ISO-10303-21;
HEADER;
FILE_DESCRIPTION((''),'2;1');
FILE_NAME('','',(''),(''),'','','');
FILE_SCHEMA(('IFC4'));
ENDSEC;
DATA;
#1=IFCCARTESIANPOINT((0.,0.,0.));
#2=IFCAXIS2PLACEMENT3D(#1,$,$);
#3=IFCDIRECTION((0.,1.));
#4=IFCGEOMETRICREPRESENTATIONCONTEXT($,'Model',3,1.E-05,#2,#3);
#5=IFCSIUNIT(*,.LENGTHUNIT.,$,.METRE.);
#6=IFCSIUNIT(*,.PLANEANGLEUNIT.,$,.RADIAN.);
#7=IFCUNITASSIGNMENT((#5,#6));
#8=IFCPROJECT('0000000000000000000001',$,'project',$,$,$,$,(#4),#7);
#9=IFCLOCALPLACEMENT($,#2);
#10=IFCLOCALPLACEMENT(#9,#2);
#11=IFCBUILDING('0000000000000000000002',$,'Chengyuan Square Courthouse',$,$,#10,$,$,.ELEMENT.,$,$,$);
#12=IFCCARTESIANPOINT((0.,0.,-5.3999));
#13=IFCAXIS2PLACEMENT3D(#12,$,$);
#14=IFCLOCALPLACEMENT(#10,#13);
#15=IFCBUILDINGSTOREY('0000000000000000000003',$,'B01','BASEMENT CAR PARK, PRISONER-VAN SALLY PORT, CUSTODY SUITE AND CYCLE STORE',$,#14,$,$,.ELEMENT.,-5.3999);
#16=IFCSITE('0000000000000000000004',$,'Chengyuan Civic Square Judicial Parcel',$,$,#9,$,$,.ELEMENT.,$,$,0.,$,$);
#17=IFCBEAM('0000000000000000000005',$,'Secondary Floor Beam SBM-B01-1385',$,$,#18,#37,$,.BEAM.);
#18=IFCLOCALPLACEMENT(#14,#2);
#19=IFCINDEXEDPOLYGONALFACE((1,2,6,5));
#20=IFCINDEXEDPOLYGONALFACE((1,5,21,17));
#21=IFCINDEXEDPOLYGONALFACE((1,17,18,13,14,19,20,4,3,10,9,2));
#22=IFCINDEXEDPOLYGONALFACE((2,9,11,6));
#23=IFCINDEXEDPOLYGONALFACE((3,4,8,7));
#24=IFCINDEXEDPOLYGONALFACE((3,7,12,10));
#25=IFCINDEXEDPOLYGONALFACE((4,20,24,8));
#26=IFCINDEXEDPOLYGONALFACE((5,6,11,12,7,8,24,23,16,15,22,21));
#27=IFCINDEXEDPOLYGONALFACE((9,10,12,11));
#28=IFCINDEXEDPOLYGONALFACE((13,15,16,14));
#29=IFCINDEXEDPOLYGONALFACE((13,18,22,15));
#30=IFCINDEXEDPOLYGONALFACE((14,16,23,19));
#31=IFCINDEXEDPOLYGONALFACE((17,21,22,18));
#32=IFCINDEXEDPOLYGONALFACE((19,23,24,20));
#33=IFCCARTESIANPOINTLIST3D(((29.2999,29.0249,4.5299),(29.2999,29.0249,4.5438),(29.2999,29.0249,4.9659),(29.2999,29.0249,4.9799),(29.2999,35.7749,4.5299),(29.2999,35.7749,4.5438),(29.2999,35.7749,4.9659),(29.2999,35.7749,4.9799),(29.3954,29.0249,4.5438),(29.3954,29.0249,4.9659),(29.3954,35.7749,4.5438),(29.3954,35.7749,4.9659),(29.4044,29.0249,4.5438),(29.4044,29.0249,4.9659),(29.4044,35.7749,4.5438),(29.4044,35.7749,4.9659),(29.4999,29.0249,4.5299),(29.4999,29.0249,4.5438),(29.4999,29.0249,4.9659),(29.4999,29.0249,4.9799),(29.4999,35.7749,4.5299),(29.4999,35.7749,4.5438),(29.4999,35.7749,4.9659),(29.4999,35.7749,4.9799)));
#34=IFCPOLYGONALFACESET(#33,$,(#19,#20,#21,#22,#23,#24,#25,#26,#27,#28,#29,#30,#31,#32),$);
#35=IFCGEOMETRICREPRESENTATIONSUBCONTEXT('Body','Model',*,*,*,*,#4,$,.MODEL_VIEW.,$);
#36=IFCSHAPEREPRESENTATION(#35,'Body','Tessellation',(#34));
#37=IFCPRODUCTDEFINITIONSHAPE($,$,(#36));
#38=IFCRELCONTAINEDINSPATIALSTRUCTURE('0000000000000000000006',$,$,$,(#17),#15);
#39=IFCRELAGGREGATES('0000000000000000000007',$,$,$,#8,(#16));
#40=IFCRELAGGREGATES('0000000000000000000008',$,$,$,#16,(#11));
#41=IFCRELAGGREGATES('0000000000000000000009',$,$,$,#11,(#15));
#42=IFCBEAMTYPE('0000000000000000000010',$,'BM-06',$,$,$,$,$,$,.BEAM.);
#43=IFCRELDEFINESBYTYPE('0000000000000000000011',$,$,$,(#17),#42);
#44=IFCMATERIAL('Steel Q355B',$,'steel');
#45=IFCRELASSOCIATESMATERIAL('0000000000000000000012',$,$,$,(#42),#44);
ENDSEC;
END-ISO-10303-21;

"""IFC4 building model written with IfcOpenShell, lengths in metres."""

from ifc_helpers import new_model, si_unit, direction, frame, origin, origin_2d, place, context, subcontext, project, spatial, i_section, extrude, material, material_profile, profile_set, type_object, element, save


model = new_model("IFC4")

# Units and contexts
model_context = context("Model", 3, precision=1e-05, world=origin(), true_north=direction((0.0, 1.0)))
body_context = subcontext(model_context, "Body", "Model", "MODEL_VIEW")
ifc_project = project(units=[si_unit("LENGTHUNIT", "METRE"), si_unit("PLANEANGLEUNIT", "RADIAN")], contexts=[model_context])

# Site, building, storey
site_placement = place(None, origin())
site = spatial("IfcSite", under=ifc_project, at=site_placement, Name="Chengyuan Civic Square Judicial Parcel", CompositionType="ELEMENT", RefElevation=0.0)
building_placement = place(site_placement, origin())
building = spatial("IfcBuilding", under=site, at=building_placement, Name="Chengyuan Square Courthouse", CompositionType="ELEMENT")
storey_placement = place(building_placement, frame((0.0, 0.0, -5.3999)))
storey = spatial("IfcBuildingStorey", under=building, at=storey_placement, Name="B01", Description="BASEMENT CAR PARK, PRISONER-VAN SALLY PORT, CUSTODY SUITE AND CYCLE STORE", CompositionType="ELEMENT", Elevation=-5.3999)

# Beam
ifc_material_1 = material(Name="Steel Q355B", Category="steel")
ifc_material_profile_1 = material_profile(ifc_material_1, i_section(OverallWidth=0.2, OverallDepth=0.45, WebThickness=0.009, FlangeThickness=0.0139, at=origin_2d()), Name="HN 450x200x9x14")
ifc_profile_set_1 = profile_set([ifc_material_profile_1], Name="Steel Q355B")
beam_type_1 = type_object("IfcBeamType", Name="BM-06", PredefinedType="BEAM", material=ifc_profile_set_1)
for number, where, z_axis, x_axis, name in (
    (1, (29.3999, 29.0249, 4.7549), (0.0, 1.0, 0.0), (-1.0, 0.0, 0.0), "Secondary Floor Beam SBM-B01-1385"),
):
    element("IfcBeam", number, at=place(storey_placement, frame(where, z_axis=z_axis, x_axis=x_axis)), inside=storey, type_object=beam_type_1, Name=name, PredefinedType="BEAM", context=body_context, shape_type="SweptSolid", body=[
        extrude(i_section(OverallWidth=0.2, OverallDepth=0.45, WebThickness=0.009, FlangeThickness=0.0139, at=origin_2d()), origin(), (0.0, 0.0, 1.0), 6.75),
    ])

save(model, "model.ifc")
